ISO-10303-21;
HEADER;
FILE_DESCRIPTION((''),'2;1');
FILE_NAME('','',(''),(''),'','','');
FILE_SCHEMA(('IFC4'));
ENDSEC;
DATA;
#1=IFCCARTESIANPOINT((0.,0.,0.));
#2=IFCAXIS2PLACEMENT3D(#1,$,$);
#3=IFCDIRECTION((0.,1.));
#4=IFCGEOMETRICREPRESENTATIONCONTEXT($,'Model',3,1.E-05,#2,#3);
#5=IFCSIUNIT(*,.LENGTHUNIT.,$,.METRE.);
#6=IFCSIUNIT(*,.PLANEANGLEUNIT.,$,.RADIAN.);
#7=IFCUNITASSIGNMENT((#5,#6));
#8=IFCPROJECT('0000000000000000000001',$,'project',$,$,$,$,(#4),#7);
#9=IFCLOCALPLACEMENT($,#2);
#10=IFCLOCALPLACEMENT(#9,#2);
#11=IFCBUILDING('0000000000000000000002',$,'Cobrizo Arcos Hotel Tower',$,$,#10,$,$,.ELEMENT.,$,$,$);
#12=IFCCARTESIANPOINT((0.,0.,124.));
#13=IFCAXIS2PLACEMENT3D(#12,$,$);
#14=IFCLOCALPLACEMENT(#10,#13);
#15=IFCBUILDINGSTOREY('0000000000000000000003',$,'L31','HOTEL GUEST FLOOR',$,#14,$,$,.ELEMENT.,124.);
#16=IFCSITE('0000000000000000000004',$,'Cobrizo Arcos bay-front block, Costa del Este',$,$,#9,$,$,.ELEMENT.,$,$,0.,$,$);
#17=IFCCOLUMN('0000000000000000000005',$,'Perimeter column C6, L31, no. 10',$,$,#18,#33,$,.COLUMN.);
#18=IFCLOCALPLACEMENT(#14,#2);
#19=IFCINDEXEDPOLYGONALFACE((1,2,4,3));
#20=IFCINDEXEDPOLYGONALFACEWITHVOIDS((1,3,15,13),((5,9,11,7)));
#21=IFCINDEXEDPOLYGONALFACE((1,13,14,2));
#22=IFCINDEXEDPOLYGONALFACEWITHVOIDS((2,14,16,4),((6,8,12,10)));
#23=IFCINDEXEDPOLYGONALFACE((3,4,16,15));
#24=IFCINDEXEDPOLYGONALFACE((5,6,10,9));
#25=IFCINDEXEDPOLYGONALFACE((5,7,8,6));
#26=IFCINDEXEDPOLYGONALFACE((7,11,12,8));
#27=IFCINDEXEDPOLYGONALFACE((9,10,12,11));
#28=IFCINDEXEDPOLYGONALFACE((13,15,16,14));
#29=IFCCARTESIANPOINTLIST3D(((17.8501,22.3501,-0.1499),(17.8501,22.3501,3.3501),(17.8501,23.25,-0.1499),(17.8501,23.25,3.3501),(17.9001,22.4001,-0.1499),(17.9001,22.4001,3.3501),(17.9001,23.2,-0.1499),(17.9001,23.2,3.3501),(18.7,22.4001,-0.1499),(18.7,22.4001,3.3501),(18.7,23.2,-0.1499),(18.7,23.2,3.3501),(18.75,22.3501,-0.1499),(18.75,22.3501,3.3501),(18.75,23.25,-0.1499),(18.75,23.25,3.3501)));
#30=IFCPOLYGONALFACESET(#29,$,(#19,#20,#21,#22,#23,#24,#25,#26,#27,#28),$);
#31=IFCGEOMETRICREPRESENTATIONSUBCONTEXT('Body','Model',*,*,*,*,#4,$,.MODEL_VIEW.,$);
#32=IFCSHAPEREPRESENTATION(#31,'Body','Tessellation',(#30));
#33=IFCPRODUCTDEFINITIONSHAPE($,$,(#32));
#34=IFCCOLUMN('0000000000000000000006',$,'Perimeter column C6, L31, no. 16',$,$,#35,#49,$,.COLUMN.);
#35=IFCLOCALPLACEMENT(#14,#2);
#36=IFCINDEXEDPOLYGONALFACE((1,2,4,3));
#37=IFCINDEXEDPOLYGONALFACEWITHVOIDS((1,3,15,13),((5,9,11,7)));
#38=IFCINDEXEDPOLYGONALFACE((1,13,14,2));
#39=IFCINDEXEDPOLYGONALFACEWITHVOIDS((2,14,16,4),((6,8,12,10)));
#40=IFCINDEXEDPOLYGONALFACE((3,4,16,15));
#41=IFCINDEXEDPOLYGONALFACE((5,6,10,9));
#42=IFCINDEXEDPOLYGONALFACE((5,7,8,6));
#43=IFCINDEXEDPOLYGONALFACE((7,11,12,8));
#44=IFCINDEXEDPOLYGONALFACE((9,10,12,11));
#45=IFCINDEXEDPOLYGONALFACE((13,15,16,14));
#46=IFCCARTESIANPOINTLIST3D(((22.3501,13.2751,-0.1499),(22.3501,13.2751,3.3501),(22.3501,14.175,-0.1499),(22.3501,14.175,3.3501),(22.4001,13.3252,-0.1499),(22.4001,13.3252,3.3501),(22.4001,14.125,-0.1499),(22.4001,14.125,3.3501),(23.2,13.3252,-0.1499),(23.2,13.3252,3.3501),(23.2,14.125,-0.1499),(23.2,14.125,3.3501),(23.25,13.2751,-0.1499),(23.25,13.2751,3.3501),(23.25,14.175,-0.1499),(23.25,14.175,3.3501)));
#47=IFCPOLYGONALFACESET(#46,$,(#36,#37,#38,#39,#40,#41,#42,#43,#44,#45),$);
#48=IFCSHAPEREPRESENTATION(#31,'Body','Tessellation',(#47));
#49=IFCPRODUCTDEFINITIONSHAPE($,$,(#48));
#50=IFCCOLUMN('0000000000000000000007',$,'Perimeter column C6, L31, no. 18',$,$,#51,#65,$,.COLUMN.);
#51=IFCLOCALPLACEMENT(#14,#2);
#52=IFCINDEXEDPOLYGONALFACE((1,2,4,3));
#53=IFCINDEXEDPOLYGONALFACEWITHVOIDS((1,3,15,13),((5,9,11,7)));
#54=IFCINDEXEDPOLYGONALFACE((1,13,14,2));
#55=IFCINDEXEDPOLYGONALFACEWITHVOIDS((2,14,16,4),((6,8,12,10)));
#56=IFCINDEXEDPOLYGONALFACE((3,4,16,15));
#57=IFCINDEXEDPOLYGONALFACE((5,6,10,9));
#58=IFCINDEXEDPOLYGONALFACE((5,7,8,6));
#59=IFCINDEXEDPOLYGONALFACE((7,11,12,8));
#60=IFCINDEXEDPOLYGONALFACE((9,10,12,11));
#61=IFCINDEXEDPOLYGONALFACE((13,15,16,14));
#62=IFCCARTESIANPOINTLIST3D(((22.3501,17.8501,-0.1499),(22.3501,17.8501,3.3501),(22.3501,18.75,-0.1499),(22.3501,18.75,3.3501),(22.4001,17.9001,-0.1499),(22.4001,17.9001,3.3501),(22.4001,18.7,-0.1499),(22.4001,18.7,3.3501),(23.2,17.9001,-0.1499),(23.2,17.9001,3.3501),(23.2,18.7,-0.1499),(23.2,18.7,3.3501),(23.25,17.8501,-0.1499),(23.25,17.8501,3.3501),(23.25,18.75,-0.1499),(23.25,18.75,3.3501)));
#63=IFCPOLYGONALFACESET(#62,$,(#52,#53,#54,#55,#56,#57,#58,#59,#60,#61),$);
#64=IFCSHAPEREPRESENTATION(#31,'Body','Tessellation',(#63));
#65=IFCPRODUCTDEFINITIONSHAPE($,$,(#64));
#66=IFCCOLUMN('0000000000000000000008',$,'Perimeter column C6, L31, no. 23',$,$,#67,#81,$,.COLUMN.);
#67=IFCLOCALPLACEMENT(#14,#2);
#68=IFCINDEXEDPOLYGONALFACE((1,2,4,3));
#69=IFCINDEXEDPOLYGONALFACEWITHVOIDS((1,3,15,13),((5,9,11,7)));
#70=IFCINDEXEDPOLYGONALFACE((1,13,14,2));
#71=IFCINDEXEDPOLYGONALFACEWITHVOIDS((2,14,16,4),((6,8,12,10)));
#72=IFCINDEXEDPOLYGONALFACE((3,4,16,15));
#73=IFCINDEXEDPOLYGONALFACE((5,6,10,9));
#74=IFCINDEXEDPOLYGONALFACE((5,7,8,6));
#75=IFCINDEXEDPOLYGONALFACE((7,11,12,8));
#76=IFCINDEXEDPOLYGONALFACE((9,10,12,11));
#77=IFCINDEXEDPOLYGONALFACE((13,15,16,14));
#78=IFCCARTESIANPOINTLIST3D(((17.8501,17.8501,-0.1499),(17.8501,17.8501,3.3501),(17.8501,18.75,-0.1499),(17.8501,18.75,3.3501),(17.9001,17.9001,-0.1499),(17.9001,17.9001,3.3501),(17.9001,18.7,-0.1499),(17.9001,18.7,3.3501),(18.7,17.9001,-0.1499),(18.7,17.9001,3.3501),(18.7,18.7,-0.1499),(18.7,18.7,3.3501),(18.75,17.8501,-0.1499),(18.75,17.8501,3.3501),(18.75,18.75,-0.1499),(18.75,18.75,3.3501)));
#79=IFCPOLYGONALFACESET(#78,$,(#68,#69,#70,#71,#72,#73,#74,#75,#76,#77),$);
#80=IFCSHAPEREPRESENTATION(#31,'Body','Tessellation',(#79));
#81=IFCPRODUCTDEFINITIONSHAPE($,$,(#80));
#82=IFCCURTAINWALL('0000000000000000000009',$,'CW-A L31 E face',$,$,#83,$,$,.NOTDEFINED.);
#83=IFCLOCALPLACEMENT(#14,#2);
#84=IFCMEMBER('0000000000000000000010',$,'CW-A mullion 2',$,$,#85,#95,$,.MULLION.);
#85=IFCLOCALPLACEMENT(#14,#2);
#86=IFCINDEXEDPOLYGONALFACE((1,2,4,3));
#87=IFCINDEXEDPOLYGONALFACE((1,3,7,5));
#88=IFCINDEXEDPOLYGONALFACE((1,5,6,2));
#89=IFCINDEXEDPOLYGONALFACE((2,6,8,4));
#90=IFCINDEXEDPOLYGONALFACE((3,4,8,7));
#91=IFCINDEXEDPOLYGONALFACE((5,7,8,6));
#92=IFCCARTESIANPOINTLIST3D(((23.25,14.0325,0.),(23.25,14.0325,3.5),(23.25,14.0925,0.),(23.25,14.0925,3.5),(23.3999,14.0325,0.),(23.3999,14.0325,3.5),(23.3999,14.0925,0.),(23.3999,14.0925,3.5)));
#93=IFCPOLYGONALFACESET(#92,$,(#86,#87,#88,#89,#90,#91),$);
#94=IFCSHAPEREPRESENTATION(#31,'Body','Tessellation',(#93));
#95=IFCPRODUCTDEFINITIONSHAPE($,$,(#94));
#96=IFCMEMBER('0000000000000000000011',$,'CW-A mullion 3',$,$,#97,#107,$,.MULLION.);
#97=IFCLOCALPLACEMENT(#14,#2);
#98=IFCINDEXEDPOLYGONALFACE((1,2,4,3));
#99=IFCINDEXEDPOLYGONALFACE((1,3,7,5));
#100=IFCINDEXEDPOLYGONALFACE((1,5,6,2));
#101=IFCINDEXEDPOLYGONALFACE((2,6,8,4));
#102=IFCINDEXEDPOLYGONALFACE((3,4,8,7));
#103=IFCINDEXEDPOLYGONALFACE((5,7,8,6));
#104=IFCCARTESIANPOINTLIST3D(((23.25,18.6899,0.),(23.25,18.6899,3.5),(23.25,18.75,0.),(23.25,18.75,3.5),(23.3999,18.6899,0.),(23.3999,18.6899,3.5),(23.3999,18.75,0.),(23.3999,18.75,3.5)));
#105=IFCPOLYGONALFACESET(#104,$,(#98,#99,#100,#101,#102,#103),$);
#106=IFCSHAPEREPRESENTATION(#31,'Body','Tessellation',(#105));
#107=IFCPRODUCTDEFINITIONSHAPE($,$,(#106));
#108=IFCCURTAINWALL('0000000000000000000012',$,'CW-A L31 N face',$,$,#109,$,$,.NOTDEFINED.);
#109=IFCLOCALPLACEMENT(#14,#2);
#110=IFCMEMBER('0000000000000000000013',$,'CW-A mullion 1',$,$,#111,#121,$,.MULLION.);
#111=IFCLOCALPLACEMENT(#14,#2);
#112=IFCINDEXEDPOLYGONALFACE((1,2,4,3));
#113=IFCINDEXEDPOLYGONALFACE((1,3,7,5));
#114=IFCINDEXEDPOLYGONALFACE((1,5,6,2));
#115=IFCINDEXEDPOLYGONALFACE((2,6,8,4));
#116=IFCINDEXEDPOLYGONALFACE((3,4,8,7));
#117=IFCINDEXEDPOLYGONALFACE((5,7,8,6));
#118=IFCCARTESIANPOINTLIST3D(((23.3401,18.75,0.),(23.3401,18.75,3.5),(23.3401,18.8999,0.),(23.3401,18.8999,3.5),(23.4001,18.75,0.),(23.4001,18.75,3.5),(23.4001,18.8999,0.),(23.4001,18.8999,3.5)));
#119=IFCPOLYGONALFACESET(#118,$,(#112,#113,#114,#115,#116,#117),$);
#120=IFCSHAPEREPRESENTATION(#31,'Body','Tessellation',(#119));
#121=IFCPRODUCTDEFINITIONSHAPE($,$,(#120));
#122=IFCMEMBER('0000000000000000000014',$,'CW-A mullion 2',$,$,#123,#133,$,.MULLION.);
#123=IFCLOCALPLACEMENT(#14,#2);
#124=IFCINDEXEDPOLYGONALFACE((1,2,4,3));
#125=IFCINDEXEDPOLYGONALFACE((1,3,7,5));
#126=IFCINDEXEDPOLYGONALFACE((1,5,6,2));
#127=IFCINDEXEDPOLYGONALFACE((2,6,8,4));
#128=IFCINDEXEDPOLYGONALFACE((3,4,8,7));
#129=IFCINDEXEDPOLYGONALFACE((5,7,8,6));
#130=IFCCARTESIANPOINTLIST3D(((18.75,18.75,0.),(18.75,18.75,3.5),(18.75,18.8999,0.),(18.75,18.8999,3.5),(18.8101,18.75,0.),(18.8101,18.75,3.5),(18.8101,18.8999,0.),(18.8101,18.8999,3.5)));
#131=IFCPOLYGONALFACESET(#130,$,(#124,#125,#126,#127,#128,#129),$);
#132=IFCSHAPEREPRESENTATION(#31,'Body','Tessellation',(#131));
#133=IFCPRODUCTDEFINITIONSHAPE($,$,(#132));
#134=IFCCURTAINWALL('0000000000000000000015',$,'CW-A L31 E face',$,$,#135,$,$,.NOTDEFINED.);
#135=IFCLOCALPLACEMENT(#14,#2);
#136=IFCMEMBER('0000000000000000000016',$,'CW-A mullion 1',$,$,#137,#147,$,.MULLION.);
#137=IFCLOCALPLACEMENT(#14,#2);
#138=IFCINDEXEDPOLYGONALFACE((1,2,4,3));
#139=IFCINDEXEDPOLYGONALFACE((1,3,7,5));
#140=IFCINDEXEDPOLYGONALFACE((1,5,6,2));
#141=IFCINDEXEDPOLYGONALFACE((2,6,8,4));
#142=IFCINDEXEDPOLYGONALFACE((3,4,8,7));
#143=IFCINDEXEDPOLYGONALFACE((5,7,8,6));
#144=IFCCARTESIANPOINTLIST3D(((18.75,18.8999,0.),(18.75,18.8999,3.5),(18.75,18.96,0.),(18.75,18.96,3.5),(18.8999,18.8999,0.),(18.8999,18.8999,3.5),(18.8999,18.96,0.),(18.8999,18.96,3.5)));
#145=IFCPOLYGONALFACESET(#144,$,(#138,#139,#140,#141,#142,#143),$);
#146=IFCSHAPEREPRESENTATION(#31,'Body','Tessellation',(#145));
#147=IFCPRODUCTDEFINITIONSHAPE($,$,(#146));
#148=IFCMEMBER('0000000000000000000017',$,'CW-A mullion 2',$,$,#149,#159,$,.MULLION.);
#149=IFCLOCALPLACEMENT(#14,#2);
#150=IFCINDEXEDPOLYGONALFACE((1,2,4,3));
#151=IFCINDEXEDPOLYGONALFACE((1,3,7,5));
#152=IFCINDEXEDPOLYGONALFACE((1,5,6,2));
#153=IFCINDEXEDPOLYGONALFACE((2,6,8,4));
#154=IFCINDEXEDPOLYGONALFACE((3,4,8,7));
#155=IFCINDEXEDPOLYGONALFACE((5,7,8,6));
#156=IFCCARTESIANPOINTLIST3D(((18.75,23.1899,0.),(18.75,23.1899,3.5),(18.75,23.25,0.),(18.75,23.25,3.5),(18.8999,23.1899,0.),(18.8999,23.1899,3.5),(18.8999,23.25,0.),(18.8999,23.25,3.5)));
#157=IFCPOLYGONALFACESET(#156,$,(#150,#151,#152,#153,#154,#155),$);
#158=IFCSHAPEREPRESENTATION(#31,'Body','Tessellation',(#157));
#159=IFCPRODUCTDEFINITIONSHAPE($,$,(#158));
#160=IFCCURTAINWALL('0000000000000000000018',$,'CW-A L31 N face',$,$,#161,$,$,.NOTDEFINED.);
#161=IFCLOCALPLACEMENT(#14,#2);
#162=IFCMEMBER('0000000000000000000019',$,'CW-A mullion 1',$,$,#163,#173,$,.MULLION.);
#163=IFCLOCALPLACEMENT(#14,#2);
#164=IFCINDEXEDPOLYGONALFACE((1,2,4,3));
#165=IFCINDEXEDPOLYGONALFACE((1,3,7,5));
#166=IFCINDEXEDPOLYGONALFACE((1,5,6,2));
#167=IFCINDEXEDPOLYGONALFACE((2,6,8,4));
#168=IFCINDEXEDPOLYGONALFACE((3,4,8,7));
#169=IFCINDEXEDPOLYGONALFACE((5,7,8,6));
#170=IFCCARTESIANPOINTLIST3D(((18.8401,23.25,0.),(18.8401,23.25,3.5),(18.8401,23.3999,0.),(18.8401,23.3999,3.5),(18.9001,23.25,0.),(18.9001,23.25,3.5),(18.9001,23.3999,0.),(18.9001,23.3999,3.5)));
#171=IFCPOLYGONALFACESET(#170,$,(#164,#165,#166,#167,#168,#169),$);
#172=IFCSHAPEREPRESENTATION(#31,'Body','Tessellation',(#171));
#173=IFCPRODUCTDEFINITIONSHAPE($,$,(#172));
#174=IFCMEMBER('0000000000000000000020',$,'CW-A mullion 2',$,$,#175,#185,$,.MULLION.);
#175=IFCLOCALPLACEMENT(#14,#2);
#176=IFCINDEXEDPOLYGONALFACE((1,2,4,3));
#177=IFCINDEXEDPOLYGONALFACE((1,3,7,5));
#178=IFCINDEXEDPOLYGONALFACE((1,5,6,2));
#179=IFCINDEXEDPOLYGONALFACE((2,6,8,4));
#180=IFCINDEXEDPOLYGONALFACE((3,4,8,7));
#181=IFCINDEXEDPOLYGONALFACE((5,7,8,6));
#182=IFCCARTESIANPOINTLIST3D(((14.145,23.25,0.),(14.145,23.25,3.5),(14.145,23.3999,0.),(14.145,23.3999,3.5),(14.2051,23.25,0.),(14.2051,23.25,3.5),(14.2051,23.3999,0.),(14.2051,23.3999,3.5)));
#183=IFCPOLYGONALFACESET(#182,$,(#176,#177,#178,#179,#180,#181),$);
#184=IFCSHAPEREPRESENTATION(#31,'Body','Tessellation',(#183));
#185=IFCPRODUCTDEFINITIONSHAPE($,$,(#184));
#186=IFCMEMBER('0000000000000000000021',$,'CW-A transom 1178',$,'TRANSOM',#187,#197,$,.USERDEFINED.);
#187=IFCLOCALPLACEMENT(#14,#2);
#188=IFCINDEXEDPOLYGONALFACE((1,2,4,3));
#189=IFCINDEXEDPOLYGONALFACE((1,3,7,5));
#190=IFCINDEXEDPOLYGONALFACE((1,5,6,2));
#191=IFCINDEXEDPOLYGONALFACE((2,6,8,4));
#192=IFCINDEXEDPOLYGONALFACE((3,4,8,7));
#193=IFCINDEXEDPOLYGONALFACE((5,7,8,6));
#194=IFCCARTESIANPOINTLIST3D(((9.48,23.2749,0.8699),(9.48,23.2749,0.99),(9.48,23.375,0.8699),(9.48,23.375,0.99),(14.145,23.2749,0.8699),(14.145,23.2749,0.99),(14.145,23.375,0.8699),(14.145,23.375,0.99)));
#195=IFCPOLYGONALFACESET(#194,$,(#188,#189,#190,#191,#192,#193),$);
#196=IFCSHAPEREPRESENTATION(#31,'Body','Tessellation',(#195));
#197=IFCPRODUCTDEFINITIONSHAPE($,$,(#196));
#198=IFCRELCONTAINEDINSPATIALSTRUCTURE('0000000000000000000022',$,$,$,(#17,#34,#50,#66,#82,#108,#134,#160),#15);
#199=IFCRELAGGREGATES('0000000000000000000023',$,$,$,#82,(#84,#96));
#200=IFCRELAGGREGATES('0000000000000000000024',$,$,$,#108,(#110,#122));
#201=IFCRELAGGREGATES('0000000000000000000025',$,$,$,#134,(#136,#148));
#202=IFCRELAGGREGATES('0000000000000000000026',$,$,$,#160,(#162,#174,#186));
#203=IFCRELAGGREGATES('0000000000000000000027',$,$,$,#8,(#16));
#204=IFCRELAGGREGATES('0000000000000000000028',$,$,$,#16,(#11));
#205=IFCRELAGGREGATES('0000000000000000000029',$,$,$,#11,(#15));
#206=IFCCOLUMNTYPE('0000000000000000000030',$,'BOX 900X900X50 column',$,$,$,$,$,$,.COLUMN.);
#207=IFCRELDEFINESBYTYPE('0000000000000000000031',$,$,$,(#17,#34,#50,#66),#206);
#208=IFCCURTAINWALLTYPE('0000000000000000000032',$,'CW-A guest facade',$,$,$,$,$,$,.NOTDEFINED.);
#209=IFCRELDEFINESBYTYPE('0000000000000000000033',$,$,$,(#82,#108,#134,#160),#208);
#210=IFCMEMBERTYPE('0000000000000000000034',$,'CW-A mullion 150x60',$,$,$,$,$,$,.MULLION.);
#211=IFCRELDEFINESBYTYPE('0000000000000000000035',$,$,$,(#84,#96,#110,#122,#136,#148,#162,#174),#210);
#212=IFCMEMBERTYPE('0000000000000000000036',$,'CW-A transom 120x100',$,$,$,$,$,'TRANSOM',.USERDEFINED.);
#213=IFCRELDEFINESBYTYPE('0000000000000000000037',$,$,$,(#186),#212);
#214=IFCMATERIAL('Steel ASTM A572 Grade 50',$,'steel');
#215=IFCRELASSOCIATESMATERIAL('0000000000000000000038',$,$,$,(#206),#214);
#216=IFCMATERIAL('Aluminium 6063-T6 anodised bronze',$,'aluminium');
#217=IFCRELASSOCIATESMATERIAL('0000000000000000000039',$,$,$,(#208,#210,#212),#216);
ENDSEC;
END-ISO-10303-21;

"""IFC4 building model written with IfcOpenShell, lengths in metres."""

from ifc_helpers import new_model, si_unit, direction, frame, origin, origin_2d, place, context, subcontext, project, spatial, rectangle, hollow_rectangle, extrude, material, material_profile, profile_set, type_object, element, aggregate, save


model = new_model("IFC4")

# Units and contexts
model_context = context("Model", 3, precision=1e-05, world=origin(), true_north=direction((0.0, 1.0)))
body_context = subcontext(model_context, "Body", "Model", "MODEL_VIEW")
ifc_project = project(units=[si_unit("LENGTHUNIT", "METRE"), si_unit("PLANEANGLEUNIT", "RADIAN")], contexts=[model_context])

# Site, building, storey
site_placement = place(None, origin())
site = spatial("IfcSite", under=ifc_project, at=site_placement, Name="Cobrizo Arcos bay-front block, Costa del Este", CompositionType="ELEMENT", RefElevation=0.0)
building_placement = place(site_placement, origin())
building = spatial("IfcBuilding", under=site, at=building_placement, Name="Cobrizo Arcos Hotel Tower", CompositionType="ELEMENT")
storey_placement = place(building_placement, frame((0.0, 0.0, 124.0)))
storey = spatial("IfcBuildingStorey", under=building, at=storey_placement, Name="L31", Description="HOTEL GUEST FLOOR", CompositionType="ELEMENT", Elevation=124.0)

# Columns
ifc_material_1 = material(Name="Steel ASTM A572 Grade 50", Category="steel")
ifc_material_profile_1 = material_profile(ifc_material_1, hollow_rectangle(XDim=0.8999, YDim=0.8999, WallThickness=0.05, at=origin_2d()), Name="BOX 900X900X50")
ifc_profile_set_1 = profile_set([ifc_material_profile_1], Name="Steel ASTM A572 Grade 50")
column_type = type_object("IfcColumnType", Name="BOX 900X900X50 column", PredefinedType="COLUMN", material=ifc_profile_set_1)
for number, where, z_axis, x_axis, name in (
    (1, (18.3, 22.8, -0.1499), (0.0, 0.0, 1.0), (1.0, 0.0, 0.0), "Perimeter column C6, L31, no. 10"),
    (2, (22.8, 13.7251, -0.1499), (0.0, 0.0, 1.0), (1.0, 0.0, 0.0), "Perimeter column C6, L31, no. 16"),
    (3, (22.8, 18.3, -0.1499), (0.0, 0.0, 1.0), (1.0, 0.0, 0.0), "Perimeter column C6, L31, no. 18"),
    (4, (18.3, 18.3, -0.1499), (0.0, 0.0, 1.0), (1.0, 0.0, 0.0), "Perimeter column C6, L31, no. 23"),
):
    element("IfcColumn", number, at=place(storey_placement, frame(where, z_axis=z_axis, x_axis=x_axis)), inside=storey, type_object=column_type, Name=name, PredefinedType="COLUMN", context=body_context, shape_type="SweptSolid", body=[
        extrude(hollow_rectangle(XDim=0.8999, YDim=0.8999, WallThickness=0.05, at=origin_2d()), origin(), (0.0, 0.0, 1.0), 3.5),
    ])

# Curtain walls, members
ifc_material_2 = material(Name="Aluminium 6063-T6 anodised bronze", Category="aluminium")
curtain_wall_type = type_object("IfcCurtainWallType", Name="CW-A guest facade", PredefinedType="NOTDEFINED", material=ifc_material_2)
curtain_wall_1_placement = place(storey_placement, origin())
curtain_wall_1 = element("IfcCurtainWall", 5, at=curtain_wall_1_placement, inside=storey, type_object=curtain_wall_type, Name="CW-A L31 E face", PredefinedType="NOTDEFINED")
ifc_material_profile_2 = material_profile(ifc_material_2, rectangle(XDim=0.1499, YDim=0.0601, at=origin_2d()), Name="CW-A mullion 150x60")
ifc_profile_set_2 = profile_set([ifc_material_profile_2], Name="Aluminium 6063-T6 anodised bronze")
member_type_1 = type_object("IfcMemberType", Name="CW-A mullion 150x60", PredefinedType="MULLION", material=ifc_profile_set_2)
member_1_placement = place(storey_placement, frame((23.325, 14.0625, 0.0), z_axis=(0.0, 0.0, 1.0), x_axis=(1.0, 0.0, 0.0)))
member_1 = element("IfcMember", 6, at=member_1_placement, type_object=member_type_1, Name="CW-A mullion 2", PredefinedType="MULLION", context=body_context, shape_type="SweptSolid", body=[
    extrude(rectangle(XDim=0.1499, YDim=0.0601, at=origin_2d()), origin(), (0.0, 0.0, 1.0), 3.5),
])
member_2_placement = place(storey_placement, frame((23.325, 18.72, 0.0), z_axis=(0.0, 0.0, 1.0), x_axis=(1.0, 0.0, 0.0)))
member_2 = element("IfcMember", 7, at=member_2_placement, type_object=member_type_1, Name="CW-A mullion 3", PredefinedType="MULLION", context=body_context, shape_type="SweptSolid", body=[
    extrude(rectangle(XDim=0.1499, YDim=0.0601, at=origin_2d()), origin(), (0.0, 0.0, 1.0), 3.5),
])
curtain_wall_2_placement = place(storey_placement, origin())
curtain_wall_2 = element("IfcCurtainWall", 8, at=curtain_wall_2_placement, inside=storey, type_object=curtain_wall_type, Name="CW-A L31 N face", PredefinedType="NOTDEFINED")
member_3_placement = place(storey_placement, frame((23.3701, 18.825, 0.0), z_axis=(0.0, 0.0, 1.0), x_axis=(0.0, 1.0, 0.0)))
member_3 = element("IfcMember", 9, at=member_3_placement, type_object=member_type_1, Name="CW-A mullion 1", PredefinedType="MULLION", context=body_context, shape_type="SweptSolid", body=[
    extrude(rectangle(XDim=0.1499, YDim=0.0601, at=origin_2d()), origin(), (0.0, 0.0, 1.0), 3.5),
])
member_4_placement = place(storey_placement, frame((18.78, 18.825, 0.0), z_axis=(0.0, 0.0, 1.0), x_axis=(0.0, 1.0, 0.0)))
member_4 = element("IfcMember", 10, at=member_4_placement, type_object=member_type_1, Name="CW-A mullion 2", PredefinedType="MULLION", context=body_context, shape_type="SweptSolid", body=[
    extrude(rectangle(XDim=0.1499, YDim=0.0601, at=origin_2d()), origin(), (0.0, 0.0, 1.0), 3.5),
])
curtain_wall_3_placement = place(storey_placement, origin())
curtain_wall_3 = element("IfcCurtainWall", 11, at=curtain_wall_3_placement, inside=storey, type_object=curtain_wall_type, Name="CW-A L31 E face", PredefinedType="NOTDEFINED")
member_5_placement = place(storey_placement, frame((18.825, 18.9299, 0.0), z_axis=(0.0, 0.0, 1.0), x_axis=(1.0, 0.0, 0.0)))
member_5 = element("IfcMember", 12, at=member_5_placement, type_object=member_type_1, Name="CW-A mullion 1", PredefinedType="MULLION", context=body_context, shape_type="SweptSolid", body=[
    extrude(rectangle(XDim=0.1499, YDim=0.0601, at=origin_2d()), origin(), (0.0, 0.0, 1.0), 3.5),
])
member_6_placement = place(storey_placement, frame((18.825, 23.22, 0.0), z_axis=(0.0, 0.0, 1.0), x_axis=(1.0, 0.0, 0.0)))
member_6 = element("IfcMember", 13, at=member_6_placement, type_object=member_type_1, Name="CW-A mullion 2", PredefinedType="MULLION", context=body_context, shape_type="SweptSolid", body=[
    extrude(rectangle(XDim=0.1499, YDim=0.0601, at=origin_2d()), origin(), (0.0, 0.0, 1.0), 3.5),
])
curtain_wall_4_placement = place(storey_placement, origin())
curtain_wall_4 = element("IfcCurtainWall", 14, at=curtain_wall_4_placement, inside=storey, type_object=curtain_wall_type, Name="CW-A L31 N face", PredefinedType="NOTDEFINED")
member_7_placement = place(storey_placement, frame((18.8701, 23.325, 0.0), z_axis=(0.0, 0.0, 1.0), x_axis=(0.0, 1.0, 0.0)))
member_7 = element("IfcMember", 15, at=member_7_placement, type_object=member_type_1, Name="CW-A mullion 1", PredefinedType="MULLION", context=body_context, shape_type="SweptSolid", body=[
    extrude(rectangle(XDim=0.1499, YDim=0.0601, at=origin_2d()), origin(), (0.0, 0.0, 1.0), 3.5),
])
member_8_placement = place(storey_placement, frame((14.175, 23.325, 0.0), z_axis=(0.0, 0.0, 1.0), x_axis=(0.0, 1.0, 0.0)))
member_8 = element("IfcMember", 16, at=member_8_placement, type_object=member_type_1, Name="CW-A mullion 2", PredefinedType="MULLION", context=body_context, shape_type="SweptSolid", body=[
    extrude(rectangle(XDim=0.1499, YDim=0.0601, at=origin_2d()), origin(), (0.0, 0.0, 1.0), 3.5),
])
ifc_material_profile_3 = material_profile(ifc_material_2, rectangle(XDim=0.1001, YDim=0.1201, at=origin_2d()), Name="CW-A transom 120x100")
ifc_profile_set_3 = profile_set([ifc_material_profile_3], Name="Aluminium 6063-T6 anodised bronze")
member_type_2 = type_object("IfcMemberType", Name="CW-A transom 120x100", ElementType="TRANSOM", PredefinedType="USERDEFINED", material=ifc_profile_set_3)
member_9_placement = place(storey_placement, frame((14.145, 23.325, 0.9299), z_axis=(-1.0, 0.0, 0.0), x_axis=(0.0, -1.0, 0.0)))
member_9 = element("IfcMember", 17, at=member_9_placement, type_object=member_type_2, Name="CW-A transom 1178", ObjectType="TRANSOM", PredefinedType="USERDEFINED", context=body_context, shape_type="SweptSolid", body=[
    extrude(rectangle(XDim=0.1001, YDim=0.1201, at=origin_2d()), origin(), (0.0, 0.0, 1.0), 4.665),
])

aggregate(curtain_wall_1, [member_1, member_2])
aggregate(curtain_wall_2, [member_3, member_4])
aggregate(curtain_wall_3, [member_5, member_6])
aggregate(curtain_wall_4, [member_7, member_8, member_9])

save(model, "model.ifc")
